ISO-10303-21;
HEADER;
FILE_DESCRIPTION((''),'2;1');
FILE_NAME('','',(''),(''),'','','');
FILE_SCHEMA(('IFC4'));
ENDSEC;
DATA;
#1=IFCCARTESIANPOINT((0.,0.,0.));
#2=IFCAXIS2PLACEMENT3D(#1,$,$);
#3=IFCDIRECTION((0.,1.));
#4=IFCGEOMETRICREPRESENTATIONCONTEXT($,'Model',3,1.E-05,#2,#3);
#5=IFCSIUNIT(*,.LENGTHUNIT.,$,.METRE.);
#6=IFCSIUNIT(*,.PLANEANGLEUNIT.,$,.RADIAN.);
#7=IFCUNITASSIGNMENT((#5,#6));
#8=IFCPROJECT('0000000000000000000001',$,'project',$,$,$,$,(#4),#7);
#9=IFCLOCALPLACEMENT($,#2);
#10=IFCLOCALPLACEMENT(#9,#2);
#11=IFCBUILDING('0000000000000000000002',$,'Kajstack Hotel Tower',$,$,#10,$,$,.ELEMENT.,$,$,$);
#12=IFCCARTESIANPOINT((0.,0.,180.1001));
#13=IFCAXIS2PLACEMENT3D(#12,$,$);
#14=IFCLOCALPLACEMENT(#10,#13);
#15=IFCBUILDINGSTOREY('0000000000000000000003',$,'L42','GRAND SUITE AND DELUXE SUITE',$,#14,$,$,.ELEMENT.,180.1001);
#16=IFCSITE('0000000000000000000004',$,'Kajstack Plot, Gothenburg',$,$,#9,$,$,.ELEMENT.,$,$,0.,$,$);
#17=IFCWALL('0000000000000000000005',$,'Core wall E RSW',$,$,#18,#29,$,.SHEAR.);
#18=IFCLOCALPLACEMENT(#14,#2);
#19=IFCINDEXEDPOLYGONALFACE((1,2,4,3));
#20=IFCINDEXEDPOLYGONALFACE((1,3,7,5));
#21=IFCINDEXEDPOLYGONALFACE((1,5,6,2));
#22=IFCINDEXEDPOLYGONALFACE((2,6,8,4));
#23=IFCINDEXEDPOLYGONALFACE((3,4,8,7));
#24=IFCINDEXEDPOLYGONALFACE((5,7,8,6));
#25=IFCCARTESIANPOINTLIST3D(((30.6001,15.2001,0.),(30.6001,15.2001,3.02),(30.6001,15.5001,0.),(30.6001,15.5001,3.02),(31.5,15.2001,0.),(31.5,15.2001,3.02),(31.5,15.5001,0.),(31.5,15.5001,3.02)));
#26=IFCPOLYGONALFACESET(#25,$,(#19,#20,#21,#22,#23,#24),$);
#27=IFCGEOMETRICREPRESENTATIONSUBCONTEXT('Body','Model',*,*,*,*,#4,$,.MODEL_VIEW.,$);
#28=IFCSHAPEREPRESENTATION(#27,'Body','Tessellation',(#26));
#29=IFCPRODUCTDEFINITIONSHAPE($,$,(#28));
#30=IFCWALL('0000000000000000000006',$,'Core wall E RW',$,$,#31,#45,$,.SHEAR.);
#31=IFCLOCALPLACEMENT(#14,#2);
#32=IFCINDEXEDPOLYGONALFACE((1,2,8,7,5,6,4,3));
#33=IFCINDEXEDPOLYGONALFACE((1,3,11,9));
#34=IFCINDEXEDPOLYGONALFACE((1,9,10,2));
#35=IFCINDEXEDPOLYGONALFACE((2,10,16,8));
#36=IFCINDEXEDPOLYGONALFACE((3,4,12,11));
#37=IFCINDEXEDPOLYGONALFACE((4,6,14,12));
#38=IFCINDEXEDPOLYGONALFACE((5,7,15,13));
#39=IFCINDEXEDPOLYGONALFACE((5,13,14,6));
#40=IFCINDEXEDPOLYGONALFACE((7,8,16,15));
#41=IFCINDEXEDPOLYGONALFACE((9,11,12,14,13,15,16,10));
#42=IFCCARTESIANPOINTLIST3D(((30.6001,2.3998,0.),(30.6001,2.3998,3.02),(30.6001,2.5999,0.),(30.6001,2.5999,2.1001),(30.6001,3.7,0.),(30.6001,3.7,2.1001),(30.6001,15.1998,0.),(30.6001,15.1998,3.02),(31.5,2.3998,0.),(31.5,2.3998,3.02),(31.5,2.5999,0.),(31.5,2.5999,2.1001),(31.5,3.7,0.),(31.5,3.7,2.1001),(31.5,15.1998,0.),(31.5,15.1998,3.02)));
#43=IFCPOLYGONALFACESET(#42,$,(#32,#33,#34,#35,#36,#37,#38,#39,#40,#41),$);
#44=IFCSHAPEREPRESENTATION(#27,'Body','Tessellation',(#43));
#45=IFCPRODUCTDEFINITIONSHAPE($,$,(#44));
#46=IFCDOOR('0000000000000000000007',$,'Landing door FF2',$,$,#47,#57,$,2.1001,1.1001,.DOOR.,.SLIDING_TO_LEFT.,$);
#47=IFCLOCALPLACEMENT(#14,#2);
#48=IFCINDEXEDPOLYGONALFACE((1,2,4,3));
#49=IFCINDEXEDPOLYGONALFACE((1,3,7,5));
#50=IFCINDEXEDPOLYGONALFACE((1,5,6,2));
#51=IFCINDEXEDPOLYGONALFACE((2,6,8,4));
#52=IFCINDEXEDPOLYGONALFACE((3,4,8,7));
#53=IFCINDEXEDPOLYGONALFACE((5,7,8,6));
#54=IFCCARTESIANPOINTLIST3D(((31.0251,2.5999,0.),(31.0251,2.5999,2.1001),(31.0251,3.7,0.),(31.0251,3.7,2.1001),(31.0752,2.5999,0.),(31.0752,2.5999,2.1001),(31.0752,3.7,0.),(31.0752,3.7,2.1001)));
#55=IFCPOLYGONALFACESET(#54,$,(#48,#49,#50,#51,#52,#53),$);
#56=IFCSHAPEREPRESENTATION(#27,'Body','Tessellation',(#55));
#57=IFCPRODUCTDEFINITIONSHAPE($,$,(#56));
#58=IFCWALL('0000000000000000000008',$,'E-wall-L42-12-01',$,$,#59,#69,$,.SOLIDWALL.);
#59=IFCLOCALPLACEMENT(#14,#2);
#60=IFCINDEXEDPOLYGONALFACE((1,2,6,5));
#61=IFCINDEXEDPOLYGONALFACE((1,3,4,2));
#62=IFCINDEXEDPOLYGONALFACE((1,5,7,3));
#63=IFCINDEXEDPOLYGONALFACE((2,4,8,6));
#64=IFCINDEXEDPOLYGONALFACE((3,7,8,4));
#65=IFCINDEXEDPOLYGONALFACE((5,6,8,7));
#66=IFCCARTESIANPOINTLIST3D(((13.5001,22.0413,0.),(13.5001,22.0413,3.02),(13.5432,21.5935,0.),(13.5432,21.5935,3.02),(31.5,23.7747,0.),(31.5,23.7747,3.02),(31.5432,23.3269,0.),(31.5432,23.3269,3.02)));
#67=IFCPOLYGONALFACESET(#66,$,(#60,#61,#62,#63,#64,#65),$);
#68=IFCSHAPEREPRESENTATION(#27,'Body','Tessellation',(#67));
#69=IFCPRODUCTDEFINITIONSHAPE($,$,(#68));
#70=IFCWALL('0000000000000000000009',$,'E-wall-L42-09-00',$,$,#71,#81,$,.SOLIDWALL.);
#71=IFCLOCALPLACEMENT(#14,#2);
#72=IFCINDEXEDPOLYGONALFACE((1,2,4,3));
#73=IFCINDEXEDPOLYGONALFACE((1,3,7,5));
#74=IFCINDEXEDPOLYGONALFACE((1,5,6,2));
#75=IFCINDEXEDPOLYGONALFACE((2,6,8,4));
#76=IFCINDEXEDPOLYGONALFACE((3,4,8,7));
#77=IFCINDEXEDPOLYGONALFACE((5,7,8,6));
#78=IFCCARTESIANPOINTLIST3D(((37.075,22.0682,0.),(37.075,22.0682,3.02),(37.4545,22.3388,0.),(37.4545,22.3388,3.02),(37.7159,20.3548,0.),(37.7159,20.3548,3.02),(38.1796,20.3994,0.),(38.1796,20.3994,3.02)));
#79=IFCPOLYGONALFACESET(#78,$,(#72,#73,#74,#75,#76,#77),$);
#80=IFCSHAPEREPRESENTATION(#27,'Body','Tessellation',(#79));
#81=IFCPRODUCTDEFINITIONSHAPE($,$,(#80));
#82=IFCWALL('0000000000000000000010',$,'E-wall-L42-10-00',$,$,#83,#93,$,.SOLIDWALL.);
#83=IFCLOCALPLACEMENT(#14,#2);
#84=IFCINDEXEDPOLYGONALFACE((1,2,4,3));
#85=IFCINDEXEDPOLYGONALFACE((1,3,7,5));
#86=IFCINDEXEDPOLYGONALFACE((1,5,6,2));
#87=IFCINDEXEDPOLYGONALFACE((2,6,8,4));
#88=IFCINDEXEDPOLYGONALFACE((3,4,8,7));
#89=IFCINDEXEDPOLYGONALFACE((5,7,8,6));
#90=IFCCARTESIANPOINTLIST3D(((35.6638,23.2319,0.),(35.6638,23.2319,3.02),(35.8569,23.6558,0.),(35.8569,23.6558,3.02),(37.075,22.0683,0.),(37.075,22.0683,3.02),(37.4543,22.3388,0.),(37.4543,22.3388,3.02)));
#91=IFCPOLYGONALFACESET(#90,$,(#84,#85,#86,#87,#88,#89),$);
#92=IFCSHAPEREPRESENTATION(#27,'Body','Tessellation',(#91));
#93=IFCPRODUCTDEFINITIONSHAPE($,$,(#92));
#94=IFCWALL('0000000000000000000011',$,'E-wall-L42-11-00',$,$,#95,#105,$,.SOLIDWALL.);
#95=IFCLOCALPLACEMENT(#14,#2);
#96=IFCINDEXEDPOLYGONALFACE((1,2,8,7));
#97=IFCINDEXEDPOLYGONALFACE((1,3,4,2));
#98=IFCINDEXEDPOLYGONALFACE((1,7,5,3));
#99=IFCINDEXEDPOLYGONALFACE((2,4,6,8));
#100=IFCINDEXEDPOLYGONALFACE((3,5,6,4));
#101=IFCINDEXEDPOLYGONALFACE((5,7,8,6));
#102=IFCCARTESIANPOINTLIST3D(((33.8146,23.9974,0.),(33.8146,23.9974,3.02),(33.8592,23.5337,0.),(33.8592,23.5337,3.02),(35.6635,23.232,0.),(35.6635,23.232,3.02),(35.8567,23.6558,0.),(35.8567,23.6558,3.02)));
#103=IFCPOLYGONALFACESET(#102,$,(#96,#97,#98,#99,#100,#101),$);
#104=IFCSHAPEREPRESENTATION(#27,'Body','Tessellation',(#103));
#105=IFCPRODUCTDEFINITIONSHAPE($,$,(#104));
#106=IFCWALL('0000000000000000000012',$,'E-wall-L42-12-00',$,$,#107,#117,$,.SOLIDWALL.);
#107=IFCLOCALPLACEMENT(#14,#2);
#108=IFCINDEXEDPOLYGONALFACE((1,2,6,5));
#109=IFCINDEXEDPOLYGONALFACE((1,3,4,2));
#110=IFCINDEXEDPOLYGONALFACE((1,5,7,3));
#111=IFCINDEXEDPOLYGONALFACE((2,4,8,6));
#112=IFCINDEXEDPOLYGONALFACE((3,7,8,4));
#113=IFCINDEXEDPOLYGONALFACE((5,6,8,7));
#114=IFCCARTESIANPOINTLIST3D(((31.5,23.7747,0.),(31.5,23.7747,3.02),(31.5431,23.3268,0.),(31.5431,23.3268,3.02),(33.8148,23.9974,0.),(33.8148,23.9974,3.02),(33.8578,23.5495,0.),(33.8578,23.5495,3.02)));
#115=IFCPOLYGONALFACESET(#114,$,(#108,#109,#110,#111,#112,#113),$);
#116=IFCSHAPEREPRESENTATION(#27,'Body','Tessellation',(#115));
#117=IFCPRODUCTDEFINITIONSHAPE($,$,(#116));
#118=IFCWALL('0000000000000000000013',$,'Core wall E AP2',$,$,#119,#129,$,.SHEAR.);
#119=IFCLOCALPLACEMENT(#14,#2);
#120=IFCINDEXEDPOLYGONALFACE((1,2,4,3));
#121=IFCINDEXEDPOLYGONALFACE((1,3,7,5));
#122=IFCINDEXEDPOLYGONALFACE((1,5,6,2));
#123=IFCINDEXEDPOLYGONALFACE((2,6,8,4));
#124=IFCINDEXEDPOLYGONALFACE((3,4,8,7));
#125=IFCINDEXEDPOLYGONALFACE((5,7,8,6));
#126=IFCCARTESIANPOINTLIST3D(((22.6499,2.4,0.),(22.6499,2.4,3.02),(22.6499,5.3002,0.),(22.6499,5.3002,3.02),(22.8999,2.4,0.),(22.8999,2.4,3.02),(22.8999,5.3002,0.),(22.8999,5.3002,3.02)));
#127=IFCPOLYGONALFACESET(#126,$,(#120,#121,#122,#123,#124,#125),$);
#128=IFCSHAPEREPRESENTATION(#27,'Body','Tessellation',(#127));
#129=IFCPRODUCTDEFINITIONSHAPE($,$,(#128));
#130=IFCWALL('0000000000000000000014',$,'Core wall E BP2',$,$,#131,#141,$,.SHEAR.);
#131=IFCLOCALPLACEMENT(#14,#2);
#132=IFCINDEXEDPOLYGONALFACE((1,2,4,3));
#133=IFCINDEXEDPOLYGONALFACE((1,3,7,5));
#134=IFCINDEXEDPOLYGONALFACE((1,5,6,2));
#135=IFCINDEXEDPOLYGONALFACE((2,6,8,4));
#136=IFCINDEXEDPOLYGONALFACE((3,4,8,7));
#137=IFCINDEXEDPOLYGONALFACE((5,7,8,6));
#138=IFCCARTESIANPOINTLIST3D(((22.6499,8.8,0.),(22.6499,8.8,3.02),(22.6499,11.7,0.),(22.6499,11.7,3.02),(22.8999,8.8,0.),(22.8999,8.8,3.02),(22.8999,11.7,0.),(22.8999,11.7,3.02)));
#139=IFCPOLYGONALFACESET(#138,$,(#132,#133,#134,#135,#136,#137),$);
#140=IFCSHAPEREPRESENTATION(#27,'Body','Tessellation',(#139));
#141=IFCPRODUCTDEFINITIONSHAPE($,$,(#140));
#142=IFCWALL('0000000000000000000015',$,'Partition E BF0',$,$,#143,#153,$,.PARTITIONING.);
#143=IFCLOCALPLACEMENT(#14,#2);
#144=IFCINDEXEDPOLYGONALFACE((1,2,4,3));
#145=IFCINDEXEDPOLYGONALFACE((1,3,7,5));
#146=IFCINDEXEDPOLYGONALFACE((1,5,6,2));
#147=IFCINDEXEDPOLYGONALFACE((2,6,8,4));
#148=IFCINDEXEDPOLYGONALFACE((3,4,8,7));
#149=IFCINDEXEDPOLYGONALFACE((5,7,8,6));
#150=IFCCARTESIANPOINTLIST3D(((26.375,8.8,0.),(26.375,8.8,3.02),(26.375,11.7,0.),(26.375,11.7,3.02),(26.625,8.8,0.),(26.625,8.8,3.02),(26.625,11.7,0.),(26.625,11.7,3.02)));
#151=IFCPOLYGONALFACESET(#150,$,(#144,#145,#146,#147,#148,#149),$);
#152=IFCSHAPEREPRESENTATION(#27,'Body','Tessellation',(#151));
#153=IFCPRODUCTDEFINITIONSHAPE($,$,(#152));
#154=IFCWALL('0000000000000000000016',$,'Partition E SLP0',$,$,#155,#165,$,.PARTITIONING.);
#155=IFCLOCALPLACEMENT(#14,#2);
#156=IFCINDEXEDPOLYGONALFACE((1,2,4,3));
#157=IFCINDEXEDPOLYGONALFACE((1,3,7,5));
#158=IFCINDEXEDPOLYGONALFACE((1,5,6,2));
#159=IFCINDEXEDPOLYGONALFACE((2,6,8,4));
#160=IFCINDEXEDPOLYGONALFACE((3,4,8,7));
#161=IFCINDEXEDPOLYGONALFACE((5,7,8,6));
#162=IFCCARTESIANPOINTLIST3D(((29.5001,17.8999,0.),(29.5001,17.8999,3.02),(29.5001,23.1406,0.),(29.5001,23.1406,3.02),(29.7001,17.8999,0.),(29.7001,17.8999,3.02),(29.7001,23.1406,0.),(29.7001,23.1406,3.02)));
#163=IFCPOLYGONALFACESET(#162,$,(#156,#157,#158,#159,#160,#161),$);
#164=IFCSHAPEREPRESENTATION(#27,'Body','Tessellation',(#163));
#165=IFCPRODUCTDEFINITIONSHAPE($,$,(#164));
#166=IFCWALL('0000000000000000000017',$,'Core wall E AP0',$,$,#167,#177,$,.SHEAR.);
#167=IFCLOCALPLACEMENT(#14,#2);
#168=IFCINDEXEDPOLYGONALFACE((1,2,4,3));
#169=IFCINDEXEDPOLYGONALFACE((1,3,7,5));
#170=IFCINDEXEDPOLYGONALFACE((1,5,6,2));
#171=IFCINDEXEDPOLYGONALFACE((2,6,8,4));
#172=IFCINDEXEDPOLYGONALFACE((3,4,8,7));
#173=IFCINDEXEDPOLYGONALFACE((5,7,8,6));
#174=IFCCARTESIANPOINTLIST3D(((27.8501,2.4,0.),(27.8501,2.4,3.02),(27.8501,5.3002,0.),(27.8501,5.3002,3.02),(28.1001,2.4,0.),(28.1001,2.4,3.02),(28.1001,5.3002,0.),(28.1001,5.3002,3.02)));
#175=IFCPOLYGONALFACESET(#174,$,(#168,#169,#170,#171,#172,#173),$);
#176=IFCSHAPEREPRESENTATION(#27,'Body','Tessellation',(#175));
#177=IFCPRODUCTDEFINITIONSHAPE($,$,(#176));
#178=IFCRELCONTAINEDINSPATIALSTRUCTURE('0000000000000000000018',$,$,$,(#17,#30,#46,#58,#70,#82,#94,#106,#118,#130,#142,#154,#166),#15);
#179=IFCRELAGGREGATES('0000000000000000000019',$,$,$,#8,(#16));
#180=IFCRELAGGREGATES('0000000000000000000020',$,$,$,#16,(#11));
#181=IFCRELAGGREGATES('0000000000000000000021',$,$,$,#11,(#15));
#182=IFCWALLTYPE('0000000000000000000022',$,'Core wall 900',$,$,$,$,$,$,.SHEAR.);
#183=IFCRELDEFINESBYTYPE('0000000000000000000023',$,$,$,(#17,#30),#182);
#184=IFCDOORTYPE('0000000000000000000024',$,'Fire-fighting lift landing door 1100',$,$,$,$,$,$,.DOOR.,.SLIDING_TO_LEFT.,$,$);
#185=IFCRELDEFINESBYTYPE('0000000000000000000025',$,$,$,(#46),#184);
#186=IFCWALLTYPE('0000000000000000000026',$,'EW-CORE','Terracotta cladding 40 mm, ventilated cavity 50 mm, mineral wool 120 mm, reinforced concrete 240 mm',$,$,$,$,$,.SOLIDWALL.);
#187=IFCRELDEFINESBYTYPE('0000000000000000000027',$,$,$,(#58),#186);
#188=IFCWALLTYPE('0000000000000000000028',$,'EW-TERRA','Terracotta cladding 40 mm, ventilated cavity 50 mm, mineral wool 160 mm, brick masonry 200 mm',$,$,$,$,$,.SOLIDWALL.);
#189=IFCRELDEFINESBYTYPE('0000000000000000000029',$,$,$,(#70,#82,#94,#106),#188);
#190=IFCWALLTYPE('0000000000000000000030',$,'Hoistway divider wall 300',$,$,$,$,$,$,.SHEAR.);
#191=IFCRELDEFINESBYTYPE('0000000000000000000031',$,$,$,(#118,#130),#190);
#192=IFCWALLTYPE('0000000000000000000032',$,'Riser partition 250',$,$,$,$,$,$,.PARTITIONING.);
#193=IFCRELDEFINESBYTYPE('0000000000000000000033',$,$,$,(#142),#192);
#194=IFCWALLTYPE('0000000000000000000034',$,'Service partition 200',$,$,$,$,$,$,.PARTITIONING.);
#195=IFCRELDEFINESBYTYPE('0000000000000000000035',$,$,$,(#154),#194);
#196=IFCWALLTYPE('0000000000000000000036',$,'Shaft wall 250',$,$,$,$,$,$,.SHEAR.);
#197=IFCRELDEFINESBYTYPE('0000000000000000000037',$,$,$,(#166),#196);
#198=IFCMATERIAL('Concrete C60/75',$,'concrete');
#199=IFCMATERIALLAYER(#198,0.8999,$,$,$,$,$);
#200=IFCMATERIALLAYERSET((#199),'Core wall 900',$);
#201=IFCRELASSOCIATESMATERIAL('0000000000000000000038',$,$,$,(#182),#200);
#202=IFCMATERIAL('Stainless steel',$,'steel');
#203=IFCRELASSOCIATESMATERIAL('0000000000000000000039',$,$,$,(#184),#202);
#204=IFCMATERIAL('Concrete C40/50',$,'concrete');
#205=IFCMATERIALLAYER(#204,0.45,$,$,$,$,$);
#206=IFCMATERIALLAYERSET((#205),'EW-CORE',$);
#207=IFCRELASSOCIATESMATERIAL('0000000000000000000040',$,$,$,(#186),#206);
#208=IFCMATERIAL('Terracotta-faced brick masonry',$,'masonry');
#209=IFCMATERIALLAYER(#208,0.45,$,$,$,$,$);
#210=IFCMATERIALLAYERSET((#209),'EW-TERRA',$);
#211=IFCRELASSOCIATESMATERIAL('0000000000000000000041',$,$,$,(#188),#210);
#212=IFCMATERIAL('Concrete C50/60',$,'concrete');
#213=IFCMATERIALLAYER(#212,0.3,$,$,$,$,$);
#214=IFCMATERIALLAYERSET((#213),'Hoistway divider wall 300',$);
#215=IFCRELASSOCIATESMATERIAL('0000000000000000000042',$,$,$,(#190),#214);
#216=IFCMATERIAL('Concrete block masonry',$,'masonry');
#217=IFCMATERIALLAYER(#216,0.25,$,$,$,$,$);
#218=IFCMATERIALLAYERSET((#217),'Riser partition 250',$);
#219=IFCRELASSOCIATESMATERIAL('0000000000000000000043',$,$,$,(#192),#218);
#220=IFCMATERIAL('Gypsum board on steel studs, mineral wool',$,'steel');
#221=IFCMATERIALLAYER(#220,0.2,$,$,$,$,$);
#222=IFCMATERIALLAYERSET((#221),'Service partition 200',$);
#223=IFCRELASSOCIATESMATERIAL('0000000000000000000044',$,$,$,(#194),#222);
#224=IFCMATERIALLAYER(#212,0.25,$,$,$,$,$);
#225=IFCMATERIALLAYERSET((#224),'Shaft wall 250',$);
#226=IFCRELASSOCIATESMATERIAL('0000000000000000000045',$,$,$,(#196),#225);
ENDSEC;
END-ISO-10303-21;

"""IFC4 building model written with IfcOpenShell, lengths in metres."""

from ifc_helpers import new_model, si_unit, direction, frame, frame_2d, origin, place, context, subcontext, project, spatial, polyline, rectangle, outline, extrude, material, layer, layer_set, type_object, element, fill, save


model = new_model("IFC4")

# Units and contexts
model_context = context("Model", 3, precision=1e-05, world=origin(), true_north=direction((0.0, 1.0)))
body_context = subcontext(model_context, "Body", "Model", "MODEL_VIEW")
ifc_project = project(units=[si_unit("LENGTHUNIT", "METRE"), si_unit("PLANEANGLEUNIT", "RADIAN")], contexts=[model_context])

# Site, building, storey
site_placement = place(None, origin())
site = spatial("IfcSite", under=ifc_project, at=site_placement, Name="Kajstack Plot, Gothenburg", CompositionType="ELEMENT", RefElevation=0.0)
building_placement = place(site_placement, origin())
building = spatial("IfcBuilding", under=site, at=building_placement, Name="Kajstack Hotel Tower", CompositionType="ELEMENT")
storey_placement = place(building_placement, frame((0.0, 0.0, 180.1001)))
storey = spatial("IfcBuildingStorey", under=building, at=storey_placement, Name="L42", Description="GRAND SUITE AND DELUXE SUITE", CompositionType="ELEMENT", Elevation=180.1001)

# Wall
ifc_material_1 = material(Name="Concrete C60/75", Category="concrete")
ifc_layer_1 = layer(ifc_material_1, 0.8999)
ifc_layer_set_1 = layer_set([ifc_layer_1], Name="Core wall 900")
wall_type_1 = type_object("IfcWallType", Name="Core wall 900", PredefinedType="SHEAR", material=ifc_layer_set_1)
wall_1_placement = place(storey_placement, frame((30.6001, 15.3501, 0.0), z_axis=(0.0, 0.0, 1.0), x_axis=(1.0, 0.0, 0.0)))
element("IfcWall", 1, at=wall_1_placement, inside=storey, type_object=wall_type_1, Name="Core wall E RSW", PredefinedType="SHEAR", context=body_context, shape_type="SweptSolid", body=[
    extrude(rectangle(XDim=0.8999, YDim=0.3, at=frame_2d((0.45, 0.0))), origin(), (0.0, 0.0, 1.0), 3.02),
])

# Wall, opening, door
wall_2_placement = place(storey_placement, frame((31.05, 2.3999, 0.0), z_axis=(0.0, 0.0, 1.0), x_axis=(0.0, 1.0, 0.0)))
wall_2 = element("IfcWall", 2, at=wall_2_placement, inside=storey, type_object=wall_type_1, Name="Core wall E RW", PredefinedType="SHEAR", context=body_context, shape_type="SweptSolid", body=[
    extrude(rectangle(XDim=12.8, YDim=0.8999, at=frame_2d((6.3999, 0.0))), origin(), (0.0, 0.0, 1.0), 3.02),
])
opening_1_placement = place(wall_2_placement, frame((0.2, 0.0, 0.0)))
opening_1 = element("IfcOpeningElement", 3, at=opening_1_placement, cuts=wall_2, PredefinedType="OPENING", context=body_context, shape_type="SweptSolid", body=[
    extrude(rectangle(XDim=1.1001, YDim=2.1001, at=frame_2d((0.55, 1.05))), frame((0.0, 0.46, 0.0), z_axis=(0.0, -1.0, 0.0), x_axis=(1.0, 0.0, 0.0)), (0.0, 0.0, 1.0), 0.9199),
])
ifc_material_2 = material(Name="Stainless steel", Category="steel")
door_type_1 = type_object("IfcDoorType", Name="Fire-fighting lift landing door 1100", OperationType="SLIDING_TO_LEFT", PredefinedType="DOOR", material=ifc_material_2)
door_1_placement = place(opening_1_placement, origin())
door_1 = element("IfcDoor", 4, at=door_1_placement, inside=storey, type_object=door_type_1, Name="Landing door FF2", OperationType="SLIDING_TO_LEFT", OverallHeight=2.1001, OverallWidth=1.1001, PredefinedType="DOOR", context=body_context, shape_type="SweptSolid", body=[
    extrude(rectangle(XDim=1.1001, YDim=2.1001, at=frame_2d((0.55, 1.05))), frame((0.0, 0.0249, 0.0), z_axis=(0.0, -1.0, 0.0), x_axis=(1.0, 0.0, 0.0)), (0.0, 0.0, 1.0), 0.05),
])
fill(opening_1, door_1)

# Walls
ifc_material_3 = material(Name="Concrete C40/50", Category="concrete")
ifc_layer_2 = layer(ifc_material_3, 0.45)
ifc_layer_set_2 = layer_set([ifc_layer_2], Name="EW-CORE")
wall_type_2 = type_object("IfcWallType", Name="EW-CORE", Description="Terracotta cladding 40 mm, ventilated cavity 50 mm, mineral wool 120 mm, reinforced concrete 240 mm", PredefinedType="SOLIDWALL", material=ifc_layer_set_2)
wall_3_placement = place(storey_placement, frame((31.5215, 23.5508, 0.0), z_axis=(0.0, 0.0, 1.0), x_axis=(-0.995395, -0.095856, 0.0)))
element("IfcWall", 5, at=wall_3_placement, inside=storey, type_object=wall_type_2, Name="E-wall-L42-12-01", PredefinedType="SOLIDWALL", context=body_context, shape_type="SweptSolid", body=[
    extrude(rectangle(XDim=18.0833, YDim=0.45, at=frame_2d((9.0415, 0.0))), origin(), (0.0, 0.0, 1.0), 3.02),
])
ifc_material_4 = material(Name="Terracotta-faced brick masonry", Category="masonry")
ifc_layer_3 = layer(ifc_material_4, 0.45)
ifc_layer_set_3 = layer_set([ifc_layer_3], Name="EW-TERRA")
wall_type_3 = type_object("IfcWallType", Name="EW-TERRA", Description="Terracotta cladding 40 mm, ventilated cavity 50 mm, mineral wool 160 mm, brick masonry 200 mm", PredefinedType="SOLIDWALL", material=ifc_layer_set_3)
wall_4_placement = place(storey_placement, frame((37.9688, 20.3206, 0.0), z_axis=(0.0, 0.0, 1.0), x_axis=(-0.350193, 0.936678, 0.0)))
element("IfcWall", 6, at=wall_4_placement, inside=storey, type_object=wall_type_3, Name="E-wall-L42-09-00", PredefinedType="SOLIDWALL", context=body_context, shape_type="SweptSolid", body=[
    extrude(outline(polyline([(0.0, -0.2251), (2.0706, -0.2251), (1.95, 0.2251), (0.1206, 0.2249), (0.0, -0.2251)])), origin(), (0.0, 0.0, 1.0), 3.02),
])
wall_5_placement = place(storey_placement, frame((37.3113, 22.1653, 0.0), z_axis=(0.0, 0.0, 1.0), x_axis=(-0.771651, 0.636046, 0.0)))
element("IfcWall", 7, at=wall_5_placement, inside=storey, type_object=wall_type_3, Name="E-wall-L42-10-00", PredefinedType="SOLIDWALL", context=body_context, shape_type="SweptSolid", body=[
    extrude(outline(polyline([(0.0, -0.2249), (2.0703, -0.2251), (1.9497, 0.2249), (0.1206, 0.2251), (0.0, -0.2249)])), origin(), (0.0, 0.0, 1.0), 3.02),
])
wall_6_placement = place(storey_placement, frame((35.8196, 23.4338, 0.0), z_axis=(0.0, 0.0, 1.0), x_axis=(-0.986279, 0.165087, 0.0)))
element("IfcWall", 8, at=wall_6_placement, inside=storey, type_object=wall_type_3, Name="E-wall-L42-11-00", PredefinedType="SOLIDWALL", context=body_context, shape_type="SweptSolid", body=[
    extrude(outline(polyline([(0.0, -0.2251), (2.0706, -0.2249), (1.95, 0.2251), (0.1206, 0.2249), (0.0, -0.2251)])), origin(), (0.0, 0.0, 1.0), 3.02),
])
wall_7_placement = place(storey_placement, frame((33.8362, 23.7734, 0.0), z_axis=(0.0, 0.0, 1.0), x_axis=(-0.995405, -0.09575, 0.0)))
element("IfcWall", 9, at=wall_7_placement, inside=storey, type_object=wall_type_3, Name="E-wall-L42-12-00", PredefinedType="SOLIDWALL", context=body_context, shape_type="SweptSolid", body=[
    extrude(rectangle(XDim=2.3254, YDim=0.45, at=frame_2d((1.1626, 0.0))), origin(), (0.0, 0.0, 1.0), 3.02),
])
ifc_material_5 = material(Name="Concrete C50/60", Category="concrete")
ifc_layer_4 = layer(ifc_material_5, 0.3)
ifc_layer_set_4 = layer_set([ifc_layer_4], Name="Hoistway divider wall 300")
wall_type_4 = type_object("IfcWallType", Name="Hoistway divider wall 300", PredefinedType="SHEAR", material=ifc_layer_set_4)
wall_8_placement = place(storey_placement, frame((22.7749, 2.3999, 0.0), z_axis=(0.0, 0.0, 1.0), x_axis=(0.0, 1.0, 0.0)))
element("IfcWall", 10, at=wall_8_placement, inside=storey, type_object=wall_type_4, Name="Core wall E AP2", PredefinedType="SHEAR", context=body_context, shape_type="SweptSolid", body=[
    extrude(rectangle(XDim=2.9001, YDim=0.25, at=frame_2d((1.4502, 0.0))), origin(), (0.0, 0.0, 1.0), 3.02),
])
wall_9_placement = place(storey_placement, frame((22.7749, 8.8, 0.0), z_axis=(0.0, 0.0, 1.0), x_axis=(0.0, 1.0, 0.0)))
element("IfcWall", 11, at=wall_9_placement, inside=storey, type_object=wall_type_4, Name="Core wall E BP2", PredefinedType="SHEAR", context=body_context, shape_type="SweptSolid", body=[
    extrude(rectangle(XDim=2.8999, YDim=0.25, at=frame_2d((1.45, 0.0))), origin(), (0.0, 0.0, 1.0), 3.02),
])
ifc_material_6 = material(Name="Concrete block masonry", Category="masonry")
ifc_layer_5 = layer(ifc_material_6, 0.25)
ifc_layer_set_5 = layer_set([ifc_layer_5], Name="Riser partition 250")
wall_type_5 = type_object("IfcWallType", Name="Riser partition 250", PredefinedType="PARTITIONING", material=ifc_layer_set_5)
wall_10_placement = place(storey_placement, frame((26.5, 8.8, 0.0), z_axis=(0.0, 0.0, 1.0), x_axis=(0.0, 1.0, 0.0)))
element("IfcWall", 12, at=wall_10_placement, inside=storey, type_object=wall_type_5, Name="Partition E BF0", PredefinedType="PARTITIONING", context=body_context, shape_type="SweptSolid", body=[
    extrude(rectangle(XDim=2.8999, YDim=0.25, at=frame_2d((1.45, 0.0))), origin(), (0.0, 0.0, 1.0), 3.02),
])
ifc_material_7 = material(Name="Gypsum board on steel studs, mineral wool", Category="steel")
ifc_layer_6 = layer(ifc_material_7, 0.2)
ifc_layer_set_6 = layer_set([ifc_layer_6], Name="Service partition 200")
wall_type_6 = type_object("IfcWallType", Name="Service partition 200", PredefinedType="PARTITIONING", material=ifc_layer_set_6)
wall_11_placement = place(storey_placement, frame((29.6001, 17.8999, 0.0), z_axis=(0.0, 0.0, 1.0), x_axis=(0.0, 1.0, 0.0)))
element("IfcWall", 13, at=wall_11_placement, inside=storey, type_object=wall_type_6, Name="Partition E SLP0", PredefinedType="PARTITIONING", context=body_context, shape_type="SweptSolid", body=[
    extrude(rectangle(XDim=5.2407, YDim=0.2, at=frame_2d((2.6204, 0.0))), origin(), (0.0, 0.0, 1.0), 3.02),
])
ifc_layer_7 = layer(ifc_material_5, 0.25)
ifc_layer_set_7 = layer_set([ifc_layer_7], Name="Shaft wall 250")
wall_type_7 = type_object("IfcWallType", Name="Shaft wall 250", PredefinedType="SHEAR", material=ifc_layer_set_7)
wall_12_placement = place(storey_placement, frame((27.9751, 2.3999, 0.0), z_axis=(0.0, 0.0, 1.0), x_axis=(0.0, 1.0, 0.0)))
element("IfcWall", 14, at=wall_12_placement, inside=storey, type_object=wall_type_7, Name="Core wall E AP0", PredefinedType="SHEAR", context=body_context, shape_type="SweptSolid", body=[
    extrude(rectangle(XDim=2.9001, YDim=0.25, at=frame_2d((1.4502, 0.0))), origin(), (0.0, 0.0, 1.0), 3.02),
])

save(model, "model.ifc")
